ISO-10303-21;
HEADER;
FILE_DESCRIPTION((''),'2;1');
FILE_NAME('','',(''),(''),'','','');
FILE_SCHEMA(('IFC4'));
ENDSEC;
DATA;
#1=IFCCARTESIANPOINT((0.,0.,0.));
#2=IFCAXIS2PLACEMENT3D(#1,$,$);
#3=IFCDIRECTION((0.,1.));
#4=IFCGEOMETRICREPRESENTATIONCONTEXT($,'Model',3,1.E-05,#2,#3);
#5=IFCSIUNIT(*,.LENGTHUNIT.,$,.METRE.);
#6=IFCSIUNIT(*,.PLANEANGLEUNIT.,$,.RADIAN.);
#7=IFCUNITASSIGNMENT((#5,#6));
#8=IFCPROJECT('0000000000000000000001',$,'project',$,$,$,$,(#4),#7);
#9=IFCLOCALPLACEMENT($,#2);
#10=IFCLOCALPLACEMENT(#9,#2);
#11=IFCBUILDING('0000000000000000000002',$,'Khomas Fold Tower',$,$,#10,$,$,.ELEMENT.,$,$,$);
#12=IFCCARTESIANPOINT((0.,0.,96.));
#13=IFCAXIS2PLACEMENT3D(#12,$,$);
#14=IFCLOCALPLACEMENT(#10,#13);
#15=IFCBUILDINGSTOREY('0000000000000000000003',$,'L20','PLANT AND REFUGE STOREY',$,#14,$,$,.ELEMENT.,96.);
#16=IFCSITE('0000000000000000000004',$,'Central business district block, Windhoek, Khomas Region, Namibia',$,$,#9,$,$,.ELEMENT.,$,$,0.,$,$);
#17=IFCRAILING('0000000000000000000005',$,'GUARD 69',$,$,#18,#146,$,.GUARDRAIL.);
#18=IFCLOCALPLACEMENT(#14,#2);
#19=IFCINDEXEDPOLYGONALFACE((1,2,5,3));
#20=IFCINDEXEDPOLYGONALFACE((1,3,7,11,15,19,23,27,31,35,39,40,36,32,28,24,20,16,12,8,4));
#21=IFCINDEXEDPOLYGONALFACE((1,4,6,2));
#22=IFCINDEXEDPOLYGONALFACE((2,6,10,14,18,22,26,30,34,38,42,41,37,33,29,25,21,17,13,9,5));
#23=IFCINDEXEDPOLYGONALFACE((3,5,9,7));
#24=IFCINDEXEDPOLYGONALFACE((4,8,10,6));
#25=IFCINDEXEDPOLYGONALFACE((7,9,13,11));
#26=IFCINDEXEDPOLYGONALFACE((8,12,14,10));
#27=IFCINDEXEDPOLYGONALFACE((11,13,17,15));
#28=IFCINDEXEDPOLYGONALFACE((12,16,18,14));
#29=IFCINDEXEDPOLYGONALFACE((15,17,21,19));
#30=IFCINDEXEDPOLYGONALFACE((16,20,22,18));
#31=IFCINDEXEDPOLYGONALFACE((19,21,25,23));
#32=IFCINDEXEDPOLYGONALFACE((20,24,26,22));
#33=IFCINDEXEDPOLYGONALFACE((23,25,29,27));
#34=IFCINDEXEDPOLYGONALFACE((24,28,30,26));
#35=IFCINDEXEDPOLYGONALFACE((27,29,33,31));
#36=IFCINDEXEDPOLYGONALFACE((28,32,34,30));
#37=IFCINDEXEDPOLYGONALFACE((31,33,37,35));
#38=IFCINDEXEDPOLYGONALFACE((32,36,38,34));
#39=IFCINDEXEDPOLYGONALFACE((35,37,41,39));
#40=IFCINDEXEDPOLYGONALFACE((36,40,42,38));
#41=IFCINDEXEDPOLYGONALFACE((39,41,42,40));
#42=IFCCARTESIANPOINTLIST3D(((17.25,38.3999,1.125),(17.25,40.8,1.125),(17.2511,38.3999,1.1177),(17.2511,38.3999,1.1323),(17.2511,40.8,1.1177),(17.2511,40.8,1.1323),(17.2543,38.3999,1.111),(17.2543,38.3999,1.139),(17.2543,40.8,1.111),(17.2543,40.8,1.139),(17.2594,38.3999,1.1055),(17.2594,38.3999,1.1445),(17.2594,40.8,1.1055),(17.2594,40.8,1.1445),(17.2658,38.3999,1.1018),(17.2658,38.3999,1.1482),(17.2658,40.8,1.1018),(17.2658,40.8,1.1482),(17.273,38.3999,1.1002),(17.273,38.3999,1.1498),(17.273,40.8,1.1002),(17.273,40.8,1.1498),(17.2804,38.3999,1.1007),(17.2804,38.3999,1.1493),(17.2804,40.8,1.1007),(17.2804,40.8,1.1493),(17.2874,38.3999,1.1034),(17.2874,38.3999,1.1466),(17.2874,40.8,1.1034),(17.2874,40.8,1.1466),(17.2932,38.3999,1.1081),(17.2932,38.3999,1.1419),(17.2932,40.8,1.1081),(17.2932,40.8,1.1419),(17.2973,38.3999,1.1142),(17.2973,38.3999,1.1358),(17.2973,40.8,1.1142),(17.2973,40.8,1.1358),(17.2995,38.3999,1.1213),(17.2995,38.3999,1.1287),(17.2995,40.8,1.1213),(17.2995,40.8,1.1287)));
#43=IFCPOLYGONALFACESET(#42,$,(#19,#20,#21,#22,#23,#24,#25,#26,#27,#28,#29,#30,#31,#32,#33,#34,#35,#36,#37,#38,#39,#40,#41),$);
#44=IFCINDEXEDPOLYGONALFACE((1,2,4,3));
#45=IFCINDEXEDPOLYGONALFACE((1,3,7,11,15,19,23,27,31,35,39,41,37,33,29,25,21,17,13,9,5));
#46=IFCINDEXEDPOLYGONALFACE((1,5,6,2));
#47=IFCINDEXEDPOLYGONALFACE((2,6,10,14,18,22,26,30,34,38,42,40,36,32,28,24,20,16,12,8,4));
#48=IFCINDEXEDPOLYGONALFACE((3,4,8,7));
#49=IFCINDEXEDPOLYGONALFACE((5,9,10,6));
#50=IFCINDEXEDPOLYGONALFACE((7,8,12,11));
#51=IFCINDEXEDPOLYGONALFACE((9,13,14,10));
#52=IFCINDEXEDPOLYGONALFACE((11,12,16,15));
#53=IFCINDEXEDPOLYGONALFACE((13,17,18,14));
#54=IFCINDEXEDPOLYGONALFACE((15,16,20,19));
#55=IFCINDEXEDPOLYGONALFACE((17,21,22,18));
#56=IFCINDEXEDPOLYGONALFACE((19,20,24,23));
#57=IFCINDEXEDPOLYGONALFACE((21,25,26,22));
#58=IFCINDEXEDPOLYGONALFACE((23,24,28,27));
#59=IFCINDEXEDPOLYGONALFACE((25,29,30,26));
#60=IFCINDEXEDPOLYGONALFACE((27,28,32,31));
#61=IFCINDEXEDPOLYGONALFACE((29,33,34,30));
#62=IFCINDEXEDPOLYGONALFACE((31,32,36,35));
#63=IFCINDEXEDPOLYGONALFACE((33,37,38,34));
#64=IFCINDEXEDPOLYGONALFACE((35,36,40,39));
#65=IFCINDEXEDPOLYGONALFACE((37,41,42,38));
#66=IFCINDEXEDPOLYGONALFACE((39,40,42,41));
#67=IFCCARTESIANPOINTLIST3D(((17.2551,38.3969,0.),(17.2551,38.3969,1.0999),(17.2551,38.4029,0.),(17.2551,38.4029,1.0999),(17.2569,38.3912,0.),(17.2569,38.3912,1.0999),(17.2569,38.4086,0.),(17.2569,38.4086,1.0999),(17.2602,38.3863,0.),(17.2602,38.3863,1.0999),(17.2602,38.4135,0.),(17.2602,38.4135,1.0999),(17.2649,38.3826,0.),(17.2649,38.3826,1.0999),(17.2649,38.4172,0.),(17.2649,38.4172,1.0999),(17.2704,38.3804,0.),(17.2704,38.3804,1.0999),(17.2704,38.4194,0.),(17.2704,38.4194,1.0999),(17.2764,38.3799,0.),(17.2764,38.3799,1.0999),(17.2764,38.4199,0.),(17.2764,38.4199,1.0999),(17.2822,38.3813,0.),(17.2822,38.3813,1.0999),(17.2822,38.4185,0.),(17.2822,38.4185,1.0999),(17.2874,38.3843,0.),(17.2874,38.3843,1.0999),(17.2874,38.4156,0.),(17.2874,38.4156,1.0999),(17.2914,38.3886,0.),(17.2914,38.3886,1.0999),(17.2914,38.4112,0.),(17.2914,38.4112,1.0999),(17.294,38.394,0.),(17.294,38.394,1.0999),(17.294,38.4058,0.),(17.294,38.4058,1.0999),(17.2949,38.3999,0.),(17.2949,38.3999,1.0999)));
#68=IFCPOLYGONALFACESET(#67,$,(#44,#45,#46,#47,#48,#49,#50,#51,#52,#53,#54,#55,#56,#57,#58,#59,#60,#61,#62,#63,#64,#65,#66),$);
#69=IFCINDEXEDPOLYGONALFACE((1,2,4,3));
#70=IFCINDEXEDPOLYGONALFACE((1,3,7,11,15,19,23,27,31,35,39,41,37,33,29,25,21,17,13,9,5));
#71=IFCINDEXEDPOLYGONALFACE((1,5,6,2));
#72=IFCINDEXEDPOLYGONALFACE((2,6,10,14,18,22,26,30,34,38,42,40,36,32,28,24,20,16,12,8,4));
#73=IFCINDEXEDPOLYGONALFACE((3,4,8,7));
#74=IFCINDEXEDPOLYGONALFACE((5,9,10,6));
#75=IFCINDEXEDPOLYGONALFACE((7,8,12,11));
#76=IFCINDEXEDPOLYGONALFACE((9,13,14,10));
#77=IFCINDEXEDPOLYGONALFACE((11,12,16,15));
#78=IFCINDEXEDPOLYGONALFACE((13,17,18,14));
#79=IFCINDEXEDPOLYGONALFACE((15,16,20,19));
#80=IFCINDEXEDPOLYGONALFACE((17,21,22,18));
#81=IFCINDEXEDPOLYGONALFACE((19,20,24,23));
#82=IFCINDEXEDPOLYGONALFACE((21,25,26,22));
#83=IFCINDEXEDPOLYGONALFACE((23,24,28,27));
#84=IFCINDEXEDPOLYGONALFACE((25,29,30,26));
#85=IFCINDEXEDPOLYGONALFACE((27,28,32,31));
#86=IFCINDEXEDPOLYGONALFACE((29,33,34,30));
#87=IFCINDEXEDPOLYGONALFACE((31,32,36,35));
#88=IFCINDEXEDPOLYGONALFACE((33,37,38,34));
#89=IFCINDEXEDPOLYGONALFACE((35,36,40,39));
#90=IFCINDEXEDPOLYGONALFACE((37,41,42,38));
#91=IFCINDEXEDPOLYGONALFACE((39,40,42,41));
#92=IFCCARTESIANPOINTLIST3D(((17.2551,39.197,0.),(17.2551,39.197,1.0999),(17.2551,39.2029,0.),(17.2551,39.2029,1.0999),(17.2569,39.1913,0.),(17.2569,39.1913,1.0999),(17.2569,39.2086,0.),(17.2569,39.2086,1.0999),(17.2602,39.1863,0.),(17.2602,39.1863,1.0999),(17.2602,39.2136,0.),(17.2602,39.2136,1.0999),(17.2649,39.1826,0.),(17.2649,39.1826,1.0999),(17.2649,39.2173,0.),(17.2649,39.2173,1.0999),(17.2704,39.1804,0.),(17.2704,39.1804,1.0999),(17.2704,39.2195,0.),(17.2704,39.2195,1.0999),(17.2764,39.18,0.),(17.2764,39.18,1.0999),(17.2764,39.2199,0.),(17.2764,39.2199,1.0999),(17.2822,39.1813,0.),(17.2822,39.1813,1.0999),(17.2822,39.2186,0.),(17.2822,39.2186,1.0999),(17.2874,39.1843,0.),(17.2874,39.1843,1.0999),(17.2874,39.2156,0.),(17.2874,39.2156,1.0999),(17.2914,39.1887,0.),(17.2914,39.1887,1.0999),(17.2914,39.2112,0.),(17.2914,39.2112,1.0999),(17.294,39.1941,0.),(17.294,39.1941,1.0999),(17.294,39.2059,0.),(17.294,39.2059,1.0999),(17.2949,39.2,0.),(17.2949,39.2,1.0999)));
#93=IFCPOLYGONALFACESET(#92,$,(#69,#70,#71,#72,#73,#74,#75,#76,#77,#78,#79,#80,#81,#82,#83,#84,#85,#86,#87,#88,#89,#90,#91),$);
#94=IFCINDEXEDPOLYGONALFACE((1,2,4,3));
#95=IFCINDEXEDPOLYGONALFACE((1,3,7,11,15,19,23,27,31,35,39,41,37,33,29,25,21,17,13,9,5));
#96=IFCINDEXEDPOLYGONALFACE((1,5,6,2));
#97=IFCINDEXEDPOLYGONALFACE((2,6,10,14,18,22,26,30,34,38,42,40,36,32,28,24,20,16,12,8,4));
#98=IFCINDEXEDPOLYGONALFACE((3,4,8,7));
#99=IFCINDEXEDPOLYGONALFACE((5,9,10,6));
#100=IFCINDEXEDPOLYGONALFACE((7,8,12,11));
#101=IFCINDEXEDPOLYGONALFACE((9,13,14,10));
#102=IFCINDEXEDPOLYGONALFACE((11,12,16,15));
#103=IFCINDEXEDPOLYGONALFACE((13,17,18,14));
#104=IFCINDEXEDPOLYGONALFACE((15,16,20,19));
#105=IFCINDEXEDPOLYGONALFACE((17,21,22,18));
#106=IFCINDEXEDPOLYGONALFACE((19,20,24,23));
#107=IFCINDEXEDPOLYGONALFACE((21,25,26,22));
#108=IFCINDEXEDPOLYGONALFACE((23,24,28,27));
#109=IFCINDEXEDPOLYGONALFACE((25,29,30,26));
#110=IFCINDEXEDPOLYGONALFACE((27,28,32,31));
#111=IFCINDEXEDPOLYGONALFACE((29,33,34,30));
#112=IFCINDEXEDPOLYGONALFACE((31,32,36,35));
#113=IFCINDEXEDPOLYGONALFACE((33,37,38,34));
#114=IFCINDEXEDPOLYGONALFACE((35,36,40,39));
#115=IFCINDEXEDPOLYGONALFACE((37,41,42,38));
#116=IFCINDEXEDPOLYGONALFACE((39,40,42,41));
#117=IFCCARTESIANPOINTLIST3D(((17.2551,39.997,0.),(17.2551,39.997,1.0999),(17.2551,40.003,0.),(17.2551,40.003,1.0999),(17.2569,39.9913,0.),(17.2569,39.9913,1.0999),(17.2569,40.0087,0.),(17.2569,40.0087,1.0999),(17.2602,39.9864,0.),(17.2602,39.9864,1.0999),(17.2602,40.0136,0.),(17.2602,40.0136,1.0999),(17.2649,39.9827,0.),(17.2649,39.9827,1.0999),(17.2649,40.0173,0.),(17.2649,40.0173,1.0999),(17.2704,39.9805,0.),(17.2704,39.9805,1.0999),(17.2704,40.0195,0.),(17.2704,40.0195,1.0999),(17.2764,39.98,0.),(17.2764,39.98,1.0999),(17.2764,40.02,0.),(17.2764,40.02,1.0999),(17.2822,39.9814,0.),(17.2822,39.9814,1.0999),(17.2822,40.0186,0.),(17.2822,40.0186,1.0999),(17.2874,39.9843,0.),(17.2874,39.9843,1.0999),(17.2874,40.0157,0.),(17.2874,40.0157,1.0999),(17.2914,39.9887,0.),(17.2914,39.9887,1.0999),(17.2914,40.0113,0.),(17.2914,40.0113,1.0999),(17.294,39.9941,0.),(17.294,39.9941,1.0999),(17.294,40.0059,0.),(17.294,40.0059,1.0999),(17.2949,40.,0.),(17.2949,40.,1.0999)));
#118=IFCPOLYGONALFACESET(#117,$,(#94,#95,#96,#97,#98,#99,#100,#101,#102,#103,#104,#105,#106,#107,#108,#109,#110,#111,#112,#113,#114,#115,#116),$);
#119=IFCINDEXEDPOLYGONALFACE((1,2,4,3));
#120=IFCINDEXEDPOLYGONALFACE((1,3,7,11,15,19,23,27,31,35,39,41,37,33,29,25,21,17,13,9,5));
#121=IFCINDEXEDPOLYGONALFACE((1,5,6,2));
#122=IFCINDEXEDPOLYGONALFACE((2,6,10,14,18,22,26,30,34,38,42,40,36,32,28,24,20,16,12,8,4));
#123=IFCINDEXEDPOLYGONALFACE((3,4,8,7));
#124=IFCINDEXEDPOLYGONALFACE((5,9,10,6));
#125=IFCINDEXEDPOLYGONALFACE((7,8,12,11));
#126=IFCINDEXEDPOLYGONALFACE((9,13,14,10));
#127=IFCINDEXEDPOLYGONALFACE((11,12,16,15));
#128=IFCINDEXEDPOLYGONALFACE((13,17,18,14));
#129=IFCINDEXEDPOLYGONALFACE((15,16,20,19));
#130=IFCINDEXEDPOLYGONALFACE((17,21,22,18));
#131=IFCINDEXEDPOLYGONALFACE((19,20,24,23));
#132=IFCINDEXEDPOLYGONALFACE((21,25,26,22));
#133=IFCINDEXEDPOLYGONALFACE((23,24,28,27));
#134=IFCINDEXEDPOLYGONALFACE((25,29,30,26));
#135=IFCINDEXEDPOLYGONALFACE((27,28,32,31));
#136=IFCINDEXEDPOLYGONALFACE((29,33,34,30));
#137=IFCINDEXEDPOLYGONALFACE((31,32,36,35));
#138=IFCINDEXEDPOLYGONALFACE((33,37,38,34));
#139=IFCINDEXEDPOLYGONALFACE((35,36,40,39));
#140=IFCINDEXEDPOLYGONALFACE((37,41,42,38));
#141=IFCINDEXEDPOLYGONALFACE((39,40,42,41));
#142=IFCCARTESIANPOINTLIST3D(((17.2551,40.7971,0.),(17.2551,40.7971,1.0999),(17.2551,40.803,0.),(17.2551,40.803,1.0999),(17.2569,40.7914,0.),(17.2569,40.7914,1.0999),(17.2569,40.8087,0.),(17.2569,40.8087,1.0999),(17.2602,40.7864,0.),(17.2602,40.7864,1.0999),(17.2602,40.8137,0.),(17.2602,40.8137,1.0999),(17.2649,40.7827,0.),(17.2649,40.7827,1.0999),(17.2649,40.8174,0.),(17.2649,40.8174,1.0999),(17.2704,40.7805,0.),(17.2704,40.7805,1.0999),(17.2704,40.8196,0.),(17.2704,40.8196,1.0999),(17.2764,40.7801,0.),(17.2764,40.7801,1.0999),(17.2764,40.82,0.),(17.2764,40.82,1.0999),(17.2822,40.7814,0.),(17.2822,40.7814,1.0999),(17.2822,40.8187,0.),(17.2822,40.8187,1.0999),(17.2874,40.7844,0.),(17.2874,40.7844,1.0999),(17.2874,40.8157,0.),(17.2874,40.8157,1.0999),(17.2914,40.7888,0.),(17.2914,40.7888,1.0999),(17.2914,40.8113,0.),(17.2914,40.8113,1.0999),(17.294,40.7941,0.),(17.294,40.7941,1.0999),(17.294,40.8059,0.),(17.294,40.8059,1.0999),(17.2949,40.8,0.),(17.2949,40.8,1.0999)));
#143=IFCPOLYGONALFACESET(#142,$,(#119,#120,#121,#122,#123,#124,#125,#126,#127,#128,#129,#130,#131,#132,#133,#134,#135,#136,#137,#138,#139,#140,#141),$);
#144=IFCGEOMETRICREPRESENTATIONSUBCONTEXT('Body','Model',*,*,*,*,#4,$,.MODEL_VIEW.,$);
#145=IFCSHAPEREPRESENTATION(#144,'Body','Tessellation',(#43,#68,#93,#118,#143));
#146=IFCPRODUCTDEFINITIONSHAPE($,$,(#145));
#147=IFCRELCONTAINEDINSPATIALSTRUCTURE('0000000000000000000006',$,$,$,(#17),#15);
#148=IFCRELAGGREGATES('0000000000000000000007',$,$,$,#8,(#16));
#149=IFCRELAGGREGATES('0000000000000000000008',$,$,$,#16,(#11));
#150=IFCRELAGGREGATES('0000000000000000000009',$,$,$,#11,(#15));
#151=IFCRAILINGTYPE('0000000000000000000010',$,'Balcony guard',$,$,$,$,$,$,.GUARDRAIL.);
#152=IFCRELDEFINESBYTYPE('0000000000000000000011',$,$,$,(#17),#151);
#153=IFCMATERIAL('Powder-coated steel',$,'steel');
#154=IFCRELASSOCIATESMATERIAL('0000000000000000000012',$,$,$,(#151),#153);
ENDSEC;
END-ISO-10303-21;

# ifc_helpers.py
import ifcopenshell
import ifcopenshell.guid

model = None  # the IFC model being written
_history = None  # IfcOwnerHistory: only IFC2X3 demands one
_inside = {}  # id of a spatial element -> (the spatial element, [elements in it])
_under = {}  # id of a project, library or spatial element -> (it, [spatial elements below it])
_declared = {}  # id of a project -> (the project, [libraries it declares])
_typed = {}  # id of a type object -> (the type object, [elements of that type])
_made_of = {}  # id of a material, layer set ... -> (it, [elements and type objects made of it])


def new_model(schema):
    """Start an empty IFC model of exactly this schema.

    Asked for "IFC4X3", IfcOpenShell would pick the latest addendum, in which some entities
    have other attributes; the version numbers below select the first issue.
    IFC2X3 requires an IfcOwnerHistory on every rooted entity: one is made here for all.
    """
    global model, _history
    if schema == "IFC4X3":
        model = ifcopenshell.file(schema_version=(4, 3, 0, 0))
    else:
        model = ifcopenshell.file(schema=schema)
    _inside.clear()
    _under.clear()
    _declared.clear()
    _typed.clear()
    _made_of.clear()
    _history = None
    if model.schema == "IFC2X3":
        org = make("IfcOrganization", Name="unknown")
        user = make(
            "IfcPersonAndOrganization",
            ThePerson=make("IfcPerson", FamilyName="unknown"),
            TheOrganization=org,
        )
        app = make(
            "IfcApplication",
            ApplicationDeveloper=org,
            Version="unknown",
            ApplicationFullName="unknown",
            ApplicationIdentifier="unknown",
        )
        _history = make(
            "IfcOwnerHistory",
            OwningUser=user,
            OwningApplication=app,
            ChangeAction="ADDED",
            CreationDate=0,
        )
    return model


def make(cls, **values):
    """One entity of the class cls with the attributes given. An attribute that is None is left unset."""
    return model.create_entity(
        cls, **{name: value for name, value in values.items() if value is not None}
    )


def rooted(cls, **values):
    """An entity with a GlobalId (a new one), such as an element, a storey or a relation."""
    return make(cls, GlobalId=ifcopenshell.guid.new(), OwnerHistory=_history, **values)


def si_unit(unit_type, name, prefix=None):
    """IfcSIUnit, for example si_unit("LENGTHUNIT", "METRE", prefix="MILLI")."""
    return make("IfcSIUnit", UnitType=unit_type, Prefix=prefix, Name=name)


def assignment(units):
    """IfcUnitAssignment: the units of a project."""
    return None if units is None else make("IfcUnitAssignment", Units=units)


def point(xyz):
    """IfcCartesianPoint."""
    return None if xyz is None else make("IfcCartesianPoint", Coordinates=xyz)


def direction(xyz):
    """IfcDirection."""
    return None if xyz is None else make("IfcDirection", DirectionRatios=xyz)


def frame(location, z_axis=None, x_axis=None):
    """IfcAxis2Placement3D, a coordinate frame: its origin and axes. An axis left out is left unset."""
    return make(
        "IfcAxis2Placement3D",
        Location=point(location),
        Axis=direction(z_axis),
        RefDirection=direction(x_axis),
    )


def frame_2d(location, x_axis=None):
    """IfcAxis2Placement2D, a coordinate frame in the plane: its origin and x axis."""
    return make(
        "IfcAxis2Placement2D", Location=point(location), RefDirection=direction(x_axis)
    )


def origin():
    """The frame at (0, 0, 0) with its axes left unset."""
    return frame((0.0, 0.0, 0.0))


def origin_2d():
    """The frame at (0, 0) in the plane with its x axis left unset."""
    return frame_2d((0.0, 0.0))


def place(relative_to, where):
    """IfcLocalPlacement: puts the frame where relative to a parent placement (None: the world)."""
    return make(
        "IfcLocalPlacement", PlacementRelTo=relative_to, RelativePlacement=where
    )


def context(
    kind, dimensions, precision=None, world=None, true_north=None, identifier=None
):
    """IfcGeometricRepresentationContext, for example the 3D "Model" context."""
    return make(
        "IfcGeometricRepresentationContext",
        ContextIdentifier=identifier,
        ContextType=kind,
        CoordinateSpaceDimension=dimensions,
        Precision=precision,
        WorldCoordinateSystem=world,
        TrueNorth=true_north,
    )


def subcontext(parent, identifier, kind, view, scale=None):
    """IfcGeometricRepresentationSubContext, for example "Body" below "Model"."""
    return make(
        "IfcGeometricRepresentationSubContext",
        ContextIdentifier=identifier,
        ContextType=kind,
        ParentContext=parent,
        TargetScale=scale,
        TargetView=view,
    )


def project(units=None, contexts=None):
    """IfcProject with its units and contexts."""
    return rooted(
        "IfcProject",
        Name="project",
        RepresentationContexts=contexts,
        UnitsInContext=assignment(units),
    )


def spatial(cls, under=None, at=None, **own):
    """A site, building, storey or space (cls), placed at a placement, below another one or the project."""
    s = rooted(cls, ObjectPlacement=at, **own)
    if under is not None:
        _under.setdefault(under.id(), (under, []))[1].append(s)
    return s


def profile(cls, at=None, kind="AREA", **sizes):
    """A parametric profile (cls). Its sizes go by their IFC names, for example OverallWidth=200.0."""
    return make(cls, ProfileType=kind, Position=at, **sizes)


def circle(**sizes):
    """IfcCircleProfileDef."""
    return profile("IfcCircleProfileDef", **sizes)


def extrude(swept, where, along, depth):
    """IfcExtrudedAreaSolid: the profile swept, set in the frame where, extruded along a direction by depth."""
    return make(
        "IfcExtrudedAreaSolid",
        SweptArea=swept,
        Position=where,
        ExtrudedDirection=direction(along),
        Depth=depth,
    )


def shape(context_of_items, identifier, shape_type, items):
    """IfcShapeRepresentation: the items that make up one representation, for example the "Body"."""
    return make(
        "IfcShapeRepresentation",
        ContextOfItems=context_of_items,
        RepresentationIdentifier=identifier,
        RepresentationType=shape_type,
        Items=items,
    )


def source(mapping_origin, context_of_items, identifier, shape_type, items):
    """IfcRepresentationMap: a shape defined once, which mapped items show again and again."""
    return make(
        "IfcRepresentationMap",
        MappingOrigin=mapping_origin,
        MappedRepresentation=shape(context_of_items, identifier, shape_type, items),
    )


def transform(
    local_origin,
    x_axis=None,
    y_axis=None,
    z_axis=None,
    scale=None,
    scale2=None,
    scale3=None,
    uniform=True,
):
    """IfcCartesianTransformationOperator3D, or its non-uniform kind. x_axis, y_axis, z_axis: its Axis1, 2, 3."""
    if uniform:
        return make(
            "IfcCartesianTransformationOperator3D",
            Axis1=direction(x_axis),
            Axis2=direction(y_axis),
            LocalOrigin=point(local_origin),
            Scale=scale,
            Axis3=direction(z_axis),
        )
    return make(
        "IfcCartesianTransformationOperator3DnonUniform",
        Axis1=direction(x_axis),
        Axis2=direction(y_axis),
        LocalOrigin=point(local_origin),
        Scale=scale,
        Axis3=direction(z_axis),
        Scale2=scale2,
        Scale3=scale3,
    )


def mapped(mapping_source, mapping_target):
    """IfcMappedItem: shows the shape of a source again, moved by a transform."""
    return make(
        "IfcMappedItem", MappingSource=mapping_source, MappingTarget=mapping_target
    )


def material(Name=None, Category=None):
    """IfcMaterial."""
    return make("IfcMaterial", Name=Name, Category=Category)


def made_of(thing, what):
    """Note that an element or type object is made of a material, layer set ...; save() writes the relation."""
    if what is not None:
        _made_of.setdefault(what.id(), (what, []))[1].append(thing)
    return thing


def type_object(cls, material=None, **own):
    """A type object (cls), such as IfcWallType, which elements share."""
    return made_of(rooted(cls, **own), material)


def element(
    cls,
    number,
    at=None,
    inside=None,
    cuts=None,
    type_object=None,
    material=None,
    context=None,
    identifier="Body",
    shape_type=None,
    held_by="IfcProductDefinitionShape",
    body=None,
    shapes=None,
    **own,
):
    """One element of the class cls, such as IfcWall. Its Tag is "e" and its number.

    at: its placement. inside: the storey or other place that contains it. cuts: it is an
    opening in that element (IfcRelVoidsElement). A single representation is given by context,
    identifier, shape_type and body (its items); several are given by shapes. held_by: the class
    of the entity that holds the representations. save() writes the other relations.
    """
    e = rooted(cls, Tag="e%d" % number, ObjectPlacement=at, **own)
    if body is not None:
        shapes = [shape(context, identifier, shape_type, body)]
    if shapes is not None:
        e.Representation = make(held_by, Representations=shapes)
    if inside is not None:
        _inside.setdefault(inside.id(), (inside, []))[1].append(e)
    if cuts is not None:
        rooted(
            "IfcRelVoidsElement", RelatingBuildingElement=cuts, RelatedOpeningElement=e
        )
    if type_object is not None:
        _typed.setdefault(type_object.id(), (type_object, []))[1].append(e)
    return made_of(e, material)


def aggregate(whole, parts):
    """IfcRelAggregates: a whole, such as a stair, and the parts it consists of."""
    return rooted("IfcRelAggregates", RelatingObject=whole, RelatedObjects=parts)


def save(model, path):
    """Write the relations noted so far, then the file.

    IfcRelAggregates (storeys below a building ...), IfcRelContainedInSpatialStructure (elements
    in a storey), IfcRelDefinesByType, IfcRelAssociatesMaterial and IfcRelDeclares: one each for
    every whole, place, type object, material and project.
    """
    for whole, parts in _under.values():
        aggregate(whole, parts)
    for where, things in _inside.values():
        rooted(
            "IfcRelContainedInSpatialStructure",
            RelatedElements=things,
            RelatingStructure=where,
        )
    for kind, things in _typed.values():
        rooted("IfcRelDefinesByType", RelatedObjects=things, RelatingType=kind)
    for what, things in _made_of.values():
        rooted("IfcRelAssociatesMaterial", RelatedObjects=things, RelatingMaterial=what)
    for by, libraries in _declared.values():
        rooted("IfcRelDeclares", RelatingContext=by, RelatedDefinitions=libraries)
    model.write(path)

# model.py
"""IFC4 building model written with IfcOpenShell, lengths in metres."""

from ifc_helpers import new_model, si_unit, direction, frame, origin, origin_2d, place, context, subcontext, project, spatial, circle, extrude, source, transform, mapped, material, type_object, element, save


model = new_model("IFC4")

# Units and contexts
model_context = context("Model", 3, precision=1e-05, world=origin(), true_north=direction((0.0, 1.0)))
body_context = subcontext(model_context, "Body", "Model", "MODEL_VIEW")
ifc_project = project(units=[si_unit("LENGTHUNIT", "METRE"), si_unit("PLANEANGLEUNIT", "RADIAN")], contexts=[model_context])

# Site, building, storey
site_placement = place(None, origin())
site = spatial("IfcSite", under=ifc_project, at=site_placement, Name="Central business district block, Windhoek, Khomas Region, Namibia", CompositionType="ELEMENT", RefElevation=0.0)
building_placement = place(site_placement, origin())
building = spatial("IfcBuilding", under=site, at=building_placement, Name="Khomas Fold Tower", CompositionType="ELEMENT")
storey_placement = place(building_placement, frame((0.0, 0.0, 96.0)))
storey = spatial("IfcBuildingStorey", under=building, at=storey_placement, Name="L20", Description="PLANT AND REFUGE STOREY", CompositionType="ELEMENT", Elevation=96.0)

# Railing
ifc_material_1 = material(Name="Powder-coated steel", Category="steel")
railing_type_1 = type_object("IfcRailingType", Name="Balcony guard", PredefinedType="GUARDRAIL", material=ifc_material_1)
shared_shape_1 = source(origin(), body_context, "Body", "SweptSolid", [
    extrude(circle(Radius=0.0249, at=origin_2d()), frame((0.0, 0.0, 1.125), z_axis=(0.0, 1.0, 0.0), x_axis=(-1.0, 0.0, 0.0)), (0.0, 0.0, 1.0), 2.4001),
    extrude(circle(Radius=0.02, at=origin_2d()), origin(), (0.0, 0.0, 1.0), 1.0999),
    extrude(circle(Radius=0.02, at=origin_2d()), frame((0.0, 0.8, 0.0)), (0.0, 0.0, 1.0), 1.0999),
    extrude(circle(Radius=0.02, at=origin_2d()), frame((0.0, 1.6001, 0.0)), (0.0, 0.0, 1.0), 1.0999),
    extrude(circle(Radius=0.02, at=origin_2d()), frame((0.0, 2.4001, 0.0)), (0.0, 0.0, 1.0), 1.0999),
])
for number, where, name in (
    (1, (17.2749, 38.3999, 0.0), "GUARD 69"),
):
    element("IfcRailing", number, at=place(storey_placement, frame(where)), inside=storey, type_object=railing_type_1, Name=name, PredefinedType="GUARDRAIL", context=body_context, shape_type="MappedRepresentation", body=[
        mapped(shared_shape_1, transform((0.0, 0.0, 0.0))),
    ])

save(model, "model.ifc")
